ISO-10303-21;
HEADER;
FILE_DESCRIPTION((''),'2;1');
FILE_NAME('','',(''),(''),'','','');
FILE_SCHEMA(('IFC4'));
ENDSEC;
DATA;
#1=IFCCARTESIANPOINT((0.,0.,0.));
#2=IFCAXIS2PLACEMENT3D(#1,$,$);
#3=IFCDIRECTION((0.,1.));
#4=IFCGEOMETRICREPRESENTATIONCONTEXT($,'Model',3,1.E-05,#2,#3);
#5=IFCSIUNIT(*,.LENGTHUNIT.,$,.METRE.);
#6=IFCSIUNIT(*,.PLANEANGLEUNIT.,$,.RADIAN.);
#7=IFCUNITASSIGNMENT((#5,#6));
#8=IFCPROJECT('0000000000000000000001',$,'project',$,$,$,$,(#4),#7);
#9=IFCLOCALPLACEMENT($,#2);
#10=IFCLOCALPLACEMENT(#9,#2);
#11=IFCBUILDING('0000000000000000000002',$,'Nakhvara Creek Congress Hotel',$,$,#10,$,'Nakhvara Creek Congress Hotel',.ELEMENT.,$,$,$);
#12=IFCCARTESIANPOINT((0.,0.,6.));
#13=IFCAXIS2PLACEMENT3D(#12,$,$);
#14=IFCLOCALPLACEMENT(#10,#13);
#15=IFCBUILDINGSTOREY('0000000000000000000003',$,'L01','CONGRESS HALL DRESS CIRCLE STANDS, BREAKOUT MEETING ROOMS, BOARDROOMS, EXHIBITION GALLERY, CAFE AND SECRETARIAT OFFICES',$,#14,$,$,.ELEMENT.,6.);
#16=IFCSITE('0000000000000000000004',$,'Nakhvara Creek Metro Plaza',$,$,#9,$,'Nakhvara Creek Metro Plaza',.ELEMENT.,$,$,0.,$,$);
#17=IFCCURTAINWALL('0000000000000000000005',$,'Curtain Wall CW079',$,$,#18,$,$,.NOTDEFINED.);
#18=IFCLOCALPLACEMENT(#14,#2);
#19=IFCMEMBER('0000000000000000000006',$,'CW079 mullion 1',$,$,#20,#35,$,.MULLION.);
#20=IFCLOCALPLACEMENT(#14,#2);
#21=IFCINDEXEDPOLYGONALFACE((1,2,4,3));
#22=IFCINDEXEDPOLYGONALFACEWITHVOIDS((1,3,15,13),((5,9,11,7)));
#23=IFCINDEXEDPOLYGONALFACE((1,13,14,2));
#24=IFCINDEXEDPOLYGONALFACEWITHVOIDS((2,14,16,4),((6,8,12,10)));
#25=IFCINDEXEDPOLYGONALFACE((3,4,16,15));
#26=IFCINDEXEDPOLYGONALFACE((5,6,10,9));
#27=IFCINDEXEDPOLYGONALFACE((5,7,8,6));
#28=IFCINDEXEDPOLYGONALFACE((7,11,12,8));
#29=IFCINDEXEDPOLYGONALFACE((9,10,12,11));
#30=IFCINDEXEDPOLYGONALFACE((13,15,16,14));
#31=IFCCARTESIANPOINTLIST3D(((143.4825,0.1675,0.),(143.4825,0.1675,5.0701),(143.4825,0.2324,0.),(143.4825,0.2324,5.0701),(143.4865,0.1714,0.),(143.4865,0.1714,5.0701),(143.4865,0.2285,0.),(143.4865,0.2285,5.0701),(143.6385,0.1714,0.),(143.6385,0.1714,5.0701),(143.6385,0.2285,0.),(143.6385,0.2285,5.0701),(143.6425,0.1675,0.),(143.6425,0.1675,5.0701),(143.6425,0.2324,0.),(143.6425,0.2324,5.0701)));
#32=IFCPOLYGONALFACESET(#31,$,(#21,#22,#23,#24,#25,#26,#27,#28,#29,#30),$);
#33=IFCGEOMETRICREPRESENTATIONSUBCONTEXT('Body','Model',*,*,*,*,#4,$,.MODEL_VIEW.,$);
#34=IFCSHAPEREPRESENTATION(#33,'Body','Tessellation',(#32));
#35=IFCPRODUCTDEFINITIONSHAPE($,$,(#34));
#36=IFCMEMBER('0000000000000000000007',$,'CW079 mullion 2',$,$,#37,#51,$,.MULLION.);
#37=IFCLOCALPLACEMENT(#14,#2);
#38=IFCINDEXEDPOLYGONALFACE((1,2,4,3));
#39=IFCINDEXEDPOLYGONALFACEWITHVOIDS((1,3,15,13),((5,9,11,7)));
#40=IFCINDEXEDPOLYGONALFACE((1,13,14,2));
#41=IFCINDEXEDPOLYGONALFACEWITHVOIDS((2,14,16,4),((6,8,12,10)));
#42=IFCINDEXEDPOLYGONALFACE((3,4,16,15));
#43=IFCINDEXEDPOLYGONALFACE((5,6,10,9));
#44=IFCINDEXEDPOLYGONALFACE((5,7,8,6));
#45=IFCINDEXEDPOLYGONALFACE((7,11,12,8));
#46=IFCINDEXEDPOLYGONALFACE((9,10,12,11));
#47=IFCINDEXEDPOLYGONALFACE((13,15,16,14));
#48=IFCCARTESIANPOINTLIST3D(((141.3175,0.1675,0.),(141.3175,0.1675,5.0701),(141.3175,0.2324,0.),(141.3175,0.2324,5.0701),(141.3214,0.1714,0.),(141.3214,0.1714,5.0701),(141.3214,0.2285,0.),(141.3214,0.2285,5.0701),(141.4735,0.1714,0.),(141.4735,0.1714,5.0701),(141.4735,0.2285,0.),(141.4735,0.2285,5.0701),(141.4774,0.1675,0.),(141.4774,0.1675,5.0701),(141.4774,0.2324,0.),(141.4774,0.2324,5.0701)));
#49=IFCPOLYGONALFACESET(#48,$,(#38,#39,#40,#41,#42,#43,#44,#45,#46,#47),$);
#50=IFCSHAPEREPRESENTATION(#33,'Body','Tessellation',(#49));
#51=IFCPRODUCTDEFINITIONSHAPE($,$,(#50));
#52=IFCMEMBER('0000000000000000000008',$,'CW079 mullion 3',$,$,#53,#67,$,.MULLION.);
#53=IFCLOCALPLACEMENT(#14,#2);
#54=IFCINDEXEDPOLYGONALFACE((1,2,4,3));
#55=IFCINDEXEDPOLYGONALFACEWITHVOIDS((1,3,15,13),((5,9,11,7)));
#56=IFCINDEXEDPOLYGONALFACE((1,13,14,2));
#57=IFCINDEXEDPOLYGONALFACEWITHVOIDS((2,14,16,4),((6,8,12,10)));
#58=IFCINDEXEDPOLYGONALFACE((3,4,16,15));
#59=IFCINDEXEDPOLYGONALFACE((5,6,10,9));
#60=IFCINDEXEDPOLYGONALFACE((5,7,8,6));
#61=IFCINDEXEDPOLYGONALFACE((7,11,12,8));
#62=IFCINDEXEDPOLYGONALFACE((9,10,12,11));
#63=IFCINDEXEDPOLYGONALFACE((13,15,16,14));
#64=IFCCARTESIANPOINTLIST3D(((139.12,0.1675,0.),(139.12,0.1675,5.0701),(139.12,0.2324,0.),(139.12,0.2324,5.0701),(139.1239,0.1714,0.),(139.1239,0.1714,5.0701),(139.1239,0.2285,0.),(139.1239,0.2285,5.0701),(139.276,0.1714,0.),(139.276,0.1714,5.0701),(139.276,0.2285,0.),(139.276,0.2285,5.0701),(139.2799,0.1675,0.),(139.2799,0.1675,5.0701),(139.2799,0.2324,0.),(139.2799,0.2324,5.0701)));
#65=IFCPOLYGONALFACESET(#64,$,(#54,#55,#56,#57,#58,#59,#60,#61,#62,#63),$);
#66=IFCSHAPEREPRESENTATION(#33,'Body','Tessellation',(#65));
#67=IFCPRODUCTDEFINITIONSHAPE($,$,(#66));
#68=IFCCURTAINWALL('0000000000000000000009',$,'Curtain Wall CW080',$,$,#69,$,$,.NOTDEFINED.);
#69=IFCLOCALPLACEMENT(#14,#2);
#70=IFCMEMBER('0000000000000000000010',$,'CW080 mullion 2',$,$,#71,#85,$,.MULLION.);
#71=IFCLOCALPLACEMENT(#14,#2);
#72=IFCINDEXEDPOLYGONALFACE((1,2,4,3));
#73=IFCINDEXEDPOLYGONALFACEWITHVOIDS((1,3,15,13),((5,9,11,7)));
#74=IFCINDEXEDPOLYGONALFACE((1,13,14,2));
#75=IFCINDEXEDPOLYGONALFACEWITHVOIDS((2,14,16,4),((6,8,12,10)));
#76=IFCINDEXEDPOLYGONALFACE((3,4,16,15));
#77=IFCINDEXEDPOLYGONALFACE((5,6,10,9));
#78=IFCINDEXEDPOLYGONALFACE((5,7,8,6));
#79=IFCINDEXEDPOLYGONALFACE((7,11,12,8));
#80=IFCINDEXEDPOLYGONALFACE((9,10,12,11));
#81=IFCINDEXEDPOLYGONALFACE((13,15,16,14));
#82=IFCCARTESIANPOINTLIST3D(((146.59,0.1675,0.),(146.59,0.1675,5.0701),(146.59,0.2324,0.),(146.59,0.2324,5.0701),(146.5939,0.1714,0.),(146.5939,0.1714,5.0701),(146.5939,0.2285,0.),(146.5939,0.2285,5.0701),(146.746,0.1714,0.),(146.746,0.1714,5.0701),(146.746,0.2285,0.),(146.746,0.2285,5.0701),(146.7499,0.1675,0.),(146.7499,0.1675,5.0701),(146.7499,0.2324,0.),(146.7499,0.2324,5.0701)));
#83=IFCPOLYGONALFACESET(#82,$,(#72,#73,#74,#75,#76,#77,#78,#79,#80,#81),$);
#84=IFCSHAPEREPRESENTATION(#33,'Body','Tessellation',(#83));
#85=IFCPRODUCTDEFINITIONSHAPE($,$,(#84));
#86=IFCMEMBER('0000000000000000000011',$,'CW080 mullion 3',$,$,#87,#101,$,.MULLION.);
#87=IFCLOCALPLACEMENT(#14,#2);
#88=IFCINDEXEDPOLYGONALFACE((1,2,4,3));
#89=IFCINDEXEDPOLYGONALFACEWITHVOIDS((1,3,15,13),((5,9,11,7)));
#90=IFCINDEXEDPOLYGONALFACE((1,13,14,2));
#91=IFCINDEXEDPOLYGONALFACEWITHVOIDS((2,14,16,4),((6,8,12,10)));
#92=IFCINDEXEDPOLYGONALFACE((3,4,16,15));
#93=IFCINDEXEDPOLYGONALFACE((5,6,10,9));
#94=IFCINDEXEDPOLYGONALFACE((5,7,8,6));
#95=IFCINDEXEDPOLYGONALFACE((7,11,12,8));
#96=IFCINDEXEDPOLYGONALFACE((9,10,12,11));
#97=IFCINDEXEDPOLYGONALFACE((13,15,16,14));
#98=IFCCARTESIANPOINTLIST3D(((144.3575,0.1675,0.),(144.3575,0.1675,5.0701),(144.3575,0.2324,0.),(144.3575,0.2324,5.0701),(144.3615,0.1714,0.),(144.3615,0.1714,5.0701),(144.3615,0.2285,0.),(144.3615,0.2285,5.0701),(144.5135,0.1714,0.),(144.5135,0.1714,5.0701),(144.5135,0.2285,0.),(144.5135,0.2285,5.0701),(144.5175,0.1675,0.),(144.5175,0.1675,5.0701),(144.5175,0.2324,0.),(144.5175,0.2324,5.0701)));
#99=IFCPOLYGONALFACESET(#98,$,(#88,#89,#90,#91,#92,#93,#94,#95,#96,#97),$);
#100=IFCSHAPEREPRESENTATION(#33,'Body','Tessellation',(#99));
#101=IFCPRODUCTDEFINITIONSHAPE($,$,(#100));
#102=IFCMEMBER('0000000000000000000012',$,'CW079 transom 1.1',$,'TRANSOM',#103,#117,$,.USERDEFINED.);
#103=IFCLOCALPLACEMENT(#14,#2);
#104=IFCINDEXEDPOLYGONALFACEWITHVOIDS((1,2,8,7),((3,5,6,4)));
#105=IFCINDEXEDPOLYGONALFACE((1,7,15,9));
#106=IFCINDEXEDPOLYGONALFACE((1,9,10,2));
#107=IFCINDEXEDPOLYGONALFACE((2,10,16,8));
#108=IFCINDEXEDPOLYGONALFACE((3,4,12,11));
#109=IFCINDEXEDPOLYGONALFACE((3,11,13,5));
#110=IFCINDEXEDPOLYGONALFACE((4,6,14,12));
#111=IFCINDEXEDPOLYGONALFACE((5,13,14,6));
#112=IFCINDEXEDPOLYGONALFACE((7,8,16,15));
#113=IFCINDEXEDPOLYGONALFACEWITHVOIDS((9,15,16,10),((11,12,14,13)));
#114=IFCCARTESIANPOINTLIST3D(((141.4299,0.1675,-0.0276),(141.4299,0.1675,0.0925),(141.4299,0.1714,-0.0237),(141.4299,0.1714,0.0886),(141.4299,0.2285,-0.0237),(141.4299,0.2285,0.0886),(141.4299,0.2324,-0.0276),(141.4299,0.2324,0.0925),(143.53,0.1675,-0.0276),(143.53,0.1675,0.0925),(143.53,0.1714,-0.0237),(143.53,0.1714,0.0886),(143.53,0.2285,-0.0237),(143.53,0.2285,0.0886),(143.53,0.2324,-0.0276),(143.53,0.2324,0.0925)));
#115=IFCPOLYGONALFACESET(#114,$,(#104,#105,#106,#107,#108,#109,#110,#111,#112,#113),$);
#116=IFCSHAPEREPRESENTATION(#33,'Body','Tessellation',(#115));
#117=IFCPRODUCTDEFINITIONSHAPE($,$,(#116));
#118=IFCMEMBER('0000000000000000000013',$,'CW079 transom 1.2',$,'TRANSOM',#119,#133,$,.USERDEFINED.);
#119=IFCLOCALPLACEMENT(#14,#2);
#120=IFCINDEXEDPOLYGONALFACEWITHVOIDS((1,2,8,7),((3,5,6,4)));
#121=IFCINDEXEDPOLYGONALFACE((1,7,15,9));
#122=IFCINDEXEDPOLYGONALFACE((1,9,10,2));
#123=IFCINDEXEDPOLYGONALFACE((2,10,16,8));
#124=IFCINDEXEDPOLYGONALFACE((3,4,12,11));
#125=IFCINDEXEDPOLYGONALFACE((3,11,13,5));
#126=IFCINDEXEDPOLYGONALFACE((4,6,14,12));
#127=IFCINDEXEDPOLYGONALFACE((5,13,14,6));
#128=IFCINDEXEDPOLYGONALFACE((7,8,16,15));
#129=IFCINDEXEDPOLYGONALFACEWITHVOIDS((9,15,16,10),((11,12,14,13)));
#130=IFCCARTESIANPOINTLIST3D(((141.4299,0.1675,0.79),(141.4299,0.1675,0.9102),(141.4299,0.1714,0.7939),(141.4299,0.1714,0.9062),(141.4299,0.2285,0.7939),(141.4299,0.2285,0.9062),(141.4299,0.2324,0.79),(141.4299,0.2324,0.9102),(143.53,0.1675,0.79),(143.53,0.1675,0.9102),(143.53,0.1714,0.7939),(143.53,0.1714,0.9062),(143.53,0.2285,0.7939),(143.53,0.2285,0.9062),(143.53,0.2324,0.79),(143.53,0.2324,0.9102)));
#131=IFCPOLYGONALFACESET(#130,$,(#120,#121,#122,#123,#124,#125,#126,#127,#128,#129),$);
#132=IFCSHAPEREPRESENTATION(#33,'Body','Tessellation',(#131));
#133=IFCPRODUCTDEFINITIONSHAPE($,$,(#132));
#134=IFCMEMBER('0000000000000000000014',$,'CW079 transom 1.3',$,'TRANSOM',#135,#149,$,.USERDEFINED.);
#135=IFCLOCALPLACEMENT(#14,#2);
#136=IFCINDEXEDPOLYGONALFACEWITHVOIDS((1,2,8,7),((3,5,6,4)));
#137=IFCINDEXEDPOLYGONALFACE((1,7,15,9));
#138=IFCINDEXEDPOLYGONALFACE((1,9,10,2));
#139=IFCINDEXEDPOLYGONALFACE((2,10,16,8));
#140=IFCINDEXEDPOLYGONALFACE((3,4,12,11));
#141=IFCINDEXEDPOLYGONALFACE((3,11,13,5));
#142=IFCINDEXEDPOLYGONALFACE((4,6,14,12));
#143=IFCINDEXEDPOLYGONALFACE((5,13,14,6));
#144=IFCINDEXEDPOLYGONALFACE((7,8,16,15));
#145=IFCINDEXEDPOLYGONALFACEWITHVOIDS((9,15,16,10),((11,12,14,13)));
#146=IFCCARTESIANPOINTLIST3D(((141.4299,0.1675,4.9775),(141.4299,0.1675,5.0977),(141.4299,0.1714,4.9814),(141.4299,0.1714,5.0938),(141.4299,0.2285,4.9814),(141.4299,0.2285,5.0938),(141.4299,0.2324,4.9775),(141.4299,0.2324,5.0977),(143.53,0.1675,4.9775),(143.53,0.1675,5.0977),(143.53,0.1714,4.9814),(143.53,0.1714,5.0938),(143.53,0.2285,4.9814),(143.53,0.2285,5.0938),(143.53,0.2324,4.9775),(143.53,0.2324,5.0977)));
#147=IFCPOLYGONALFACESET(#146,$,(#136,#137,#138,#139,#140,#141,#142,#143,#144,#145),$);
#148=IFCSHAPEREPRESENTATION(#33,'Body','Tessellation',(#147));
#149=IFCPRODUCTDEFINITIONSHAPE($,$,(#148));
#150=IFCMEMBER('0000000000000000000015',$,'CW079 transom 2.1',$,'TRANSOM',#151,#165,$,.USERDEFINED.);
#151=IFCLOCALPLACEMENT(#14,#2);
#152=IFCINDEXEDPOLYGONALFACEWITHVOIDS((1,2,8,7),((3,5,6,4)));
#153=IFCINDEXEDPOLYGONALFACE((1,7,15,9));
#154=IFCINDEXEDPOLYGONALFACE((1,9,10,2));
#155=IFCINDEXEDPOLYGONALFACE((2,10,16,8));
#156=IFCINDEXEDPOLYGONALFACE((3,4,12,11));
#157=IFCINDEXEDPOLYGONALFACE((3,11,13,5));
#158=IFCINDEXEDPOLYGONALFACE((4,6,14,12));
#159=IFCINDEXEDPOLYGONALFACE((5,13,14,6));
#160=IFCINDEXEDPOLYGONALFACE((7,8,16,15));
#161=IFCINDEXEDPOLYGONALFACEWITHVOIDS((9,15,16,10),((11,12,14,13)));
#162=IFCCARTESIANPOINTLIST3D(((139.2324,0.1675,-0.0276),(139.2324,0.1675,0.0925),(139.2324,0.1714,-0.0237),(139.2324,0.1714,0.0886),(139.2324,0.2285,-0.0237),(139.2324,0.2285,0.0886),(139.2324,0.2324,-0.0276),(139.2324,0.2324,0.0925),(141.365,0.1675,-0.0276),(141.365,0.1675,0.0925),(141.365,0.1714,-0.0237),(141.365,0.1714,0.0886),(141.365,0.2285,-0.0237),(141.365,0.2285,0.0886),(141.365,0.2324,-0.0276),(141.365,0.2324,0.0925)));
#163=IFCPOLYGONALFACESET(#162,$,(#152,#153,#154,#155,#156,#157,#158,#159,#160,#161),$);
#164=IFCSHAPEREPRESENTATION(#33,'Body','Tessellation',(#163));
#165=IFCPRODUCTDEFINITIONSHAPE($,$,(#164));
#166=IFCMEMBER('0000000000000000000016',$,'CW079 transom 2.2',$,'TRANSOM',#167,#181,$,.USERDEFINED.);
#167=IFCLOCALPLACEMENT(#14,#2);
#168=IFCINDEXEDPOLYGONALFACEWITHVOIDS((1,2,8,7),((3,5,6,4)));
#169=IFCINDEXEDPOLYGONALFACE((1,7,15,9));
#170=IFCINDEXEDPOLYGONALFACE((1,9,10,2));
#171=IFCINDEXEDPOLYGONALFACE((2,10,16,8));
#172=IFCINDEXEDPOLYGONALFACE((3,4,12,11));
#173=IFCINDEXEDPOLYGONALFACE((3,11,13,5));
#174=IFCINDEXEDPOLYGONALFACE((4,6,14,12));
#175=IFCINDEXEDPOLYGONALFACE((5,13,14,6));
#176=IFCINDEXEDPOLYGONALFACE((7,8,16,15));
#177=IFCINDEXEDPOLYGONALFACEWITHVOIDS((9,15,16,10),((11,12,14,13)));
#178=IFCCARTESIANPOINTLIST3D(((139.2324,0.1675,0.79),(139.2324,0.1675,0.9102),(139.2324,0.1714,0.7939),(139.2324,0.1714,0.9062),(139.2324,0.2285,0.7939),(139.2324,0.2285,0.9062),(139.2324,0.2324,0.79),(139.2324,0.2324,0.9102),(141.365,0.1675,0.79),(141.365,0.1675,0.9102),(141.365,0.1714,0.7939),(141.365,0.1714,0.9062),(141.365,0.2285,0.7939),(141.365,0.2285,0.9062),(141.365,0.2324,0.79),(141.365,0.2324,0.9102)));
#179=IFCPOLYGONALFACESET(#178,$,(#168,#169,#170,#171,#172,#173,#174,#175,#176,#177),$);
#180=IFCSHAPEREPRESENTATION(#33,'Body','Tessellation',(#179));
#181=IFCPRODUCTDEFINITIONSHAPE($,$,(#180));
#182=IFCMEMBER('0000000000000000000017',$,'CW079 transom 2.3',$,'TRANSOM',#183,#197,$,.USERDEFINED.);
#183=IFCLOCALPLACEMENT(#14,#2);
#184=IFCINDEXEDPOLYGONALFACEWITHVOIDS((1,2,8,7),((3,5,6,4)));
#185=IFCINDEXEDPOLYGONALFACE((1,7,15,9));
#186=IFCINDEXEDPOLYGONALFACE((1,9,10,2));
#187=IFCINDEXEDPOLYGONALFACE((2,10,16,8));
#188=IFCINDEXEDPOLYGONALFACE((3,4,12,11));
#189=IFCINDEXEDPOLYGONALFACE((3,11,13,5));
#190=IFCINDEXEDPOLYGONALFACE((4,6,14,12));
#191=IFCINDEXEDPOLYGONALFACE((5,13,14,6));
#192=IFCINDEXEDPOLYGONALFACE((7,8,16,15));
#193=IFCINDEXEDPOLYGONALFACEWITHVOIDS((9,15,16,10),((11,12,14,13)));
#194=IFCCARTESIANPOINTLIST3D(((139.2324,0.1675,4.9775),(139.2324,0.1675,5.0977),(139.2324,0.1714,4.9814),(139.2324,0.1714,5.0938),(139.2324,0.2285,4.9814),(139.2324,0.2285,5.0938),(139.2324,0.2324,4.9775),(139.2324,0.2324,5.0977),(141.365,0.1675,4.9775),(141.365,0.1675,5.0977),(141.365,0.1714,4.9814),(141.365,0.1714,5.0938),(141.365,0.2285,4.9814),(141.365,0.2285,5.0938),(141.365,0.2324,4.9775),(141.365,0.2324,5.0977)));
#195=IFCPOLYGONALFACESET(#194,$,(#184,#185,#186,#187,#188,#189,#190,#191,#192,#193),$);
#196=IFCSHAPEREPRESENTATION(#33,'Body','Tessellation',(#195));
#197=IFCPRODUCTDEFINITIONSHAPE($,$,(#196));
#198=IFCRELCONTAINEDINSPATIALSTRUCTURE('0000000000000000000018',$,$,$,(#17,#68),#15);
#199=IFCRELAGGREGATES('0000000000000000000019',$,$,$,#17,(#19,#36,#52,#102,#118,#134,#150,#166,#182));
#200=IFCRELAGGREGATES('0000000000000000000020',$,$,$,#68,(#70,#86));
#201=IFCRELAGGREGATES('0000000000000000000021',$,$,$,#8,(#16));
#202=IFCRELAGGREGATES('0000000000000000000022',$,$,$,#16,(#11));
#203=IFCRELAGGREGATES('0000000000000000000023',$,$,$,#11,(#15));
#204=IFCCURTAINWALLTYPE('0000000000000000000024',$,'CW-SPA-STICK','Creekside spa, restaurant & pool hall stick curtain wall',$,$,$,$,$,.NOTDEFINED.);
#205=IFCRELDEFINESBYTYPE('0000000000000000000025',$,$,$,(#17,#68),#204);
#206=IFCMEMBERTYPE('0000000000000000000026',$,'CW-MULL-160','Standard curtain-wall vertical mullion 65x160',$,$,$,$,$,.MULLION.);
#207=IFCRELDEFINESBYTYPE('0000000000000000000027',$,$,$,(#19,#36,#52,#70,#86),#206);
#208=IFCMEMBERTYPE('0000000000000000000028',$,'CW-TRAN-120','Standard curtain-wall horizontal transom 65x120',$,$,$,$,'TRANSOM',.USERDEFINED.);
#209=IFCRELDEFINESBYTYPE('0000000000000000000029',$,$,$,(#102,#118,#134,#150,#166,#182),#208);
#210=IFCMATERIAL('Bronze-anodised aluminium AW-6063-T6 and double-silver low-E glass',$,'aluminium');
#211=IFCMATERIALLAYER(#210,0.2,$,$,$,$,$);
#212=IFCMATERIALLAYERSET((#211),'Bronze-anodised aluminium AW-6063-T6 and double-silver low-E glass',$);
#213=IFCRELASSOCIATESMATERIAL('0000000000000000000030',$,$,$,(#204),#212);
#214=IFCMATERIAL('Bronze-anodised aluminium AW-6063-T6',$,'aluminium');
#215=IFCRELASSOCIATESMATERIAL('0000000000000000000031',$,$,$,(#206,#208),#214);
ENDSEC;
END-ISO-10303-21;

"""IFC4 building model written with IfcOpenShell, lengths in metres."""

from ifc_helpers import new_model, si_unit, direction, frame, origin, origin_2d, place, context, subcontext, project, spatial, hollow_rectangle, extrude, material, layer, layer_set, material_profile, profile_set, type_object, element, aggregate, save


model = new_model("IFC4")

# Units and contexts
model_context = context("Model", 3, precision=1e-05, world=origin(), true_north=direction((0.0, 1.0)))
body_context = subcontext(model_context, "Body", "Model", "MODEL_VIEW")
ifc_project = project(units=[si_unit("LENGTHUNIT", "METRE"), si_unit("PLANEANGLEUNIT", "RADIAN")], contexts=[model_context])

# Site, building, storey
site_placement = place(None, origin())
site = spatial("IfcSite", under=ifc_project, at=site_placement, Name="Nakhvara Creek Metro Plaza", LongName="Nakhvara Creek Metro Plaza", CompositionType="ELEMENT", RefElevation=0.0)
building_placement = place(site_placement, origin())
building = spatial("IfcBuilding", under=site, at=building_placement, Name="Nakhvara Creek Congress Hotel", LongName="Nakhvara Creek Congress Hotel", CompositionType="ELEMENT")
storey_placement = place(building_placement, frame((0.0, 0.0, 6.0)))
storey = spatial("IfcBuildingStorey", under=building, at=storey_placement, Name="L01", Description="CONGRESS HALL DRESS CIRCLE STANDS, BREAKOUT MEETING ROOMS, BOARDROOMS, EXHIBITION GALLERY, CAFE AND SECRETARIAT OFFICES", CompositionType="ELEMENT", Elevation=6.0)

# Curtain walls, members
ifc_material_1 = material(Name="Bronze-anodised aluminium AW-6063-T6 and double-silver low-E glass", Category="aluminium")
ifc_layer = layer(ifc_material_1, 0.2)
ifc_layer_set = layer_set([ifc_layer], Name="Bronze-anodised aluminium AW-6063-T6 and double-silver low-E glass")
curtain_wall_type = type_object("IfcCurtainWallType", Name="CW-SPA-STICK", Description="Creekside spa, restaurant & pool hall stick curtain wall", PredefinedType="NOTDEFINED", material=ifc_layer_set)
curtain_wall_1_placement = place(storey_placement, origin())
curtain_wall_1 = element("IfcCurtainWall", 1, at=curtain_wall_1_placement, inside=storey, type_object=curtain_wall_type, Name="Curtain Wall CW079", PredefinedType="NOTDEFINED")
ifc_material_2 = material(Name="Bronze-anodised aluminium AW-6063-T6", Category="aluminium")
ifc_material_profile_1 = material_profile(ifc_material_2, hollow_rectangle(XDim=0.0649, YDim=0.1599, WallThickness=0.0039, at=origin_2d()), Name="ALU-MULL 65x160x4", Category="LoadBearing")
ifc_profile_set_1 = profile_set([ifc_material_profile_1], Name="Bronze-anodised aluminium AW-6063-T6")
member_type_1 = type_object("IfcMemberType", Name="CW-MULL-160", Description="Standard curtain-wall vertical mullion 65x160", PredefinedType="MULLION", material=ifc_profile_set_1)
member_1_placement = place(storey_placement, frame((143.5625, 0.2, 0.0), z_axis=(0.0, 0.0, 1.0), x_axis=(0.0, -1.0, 0.0)))
member_1 = element("IfcMember", 2, at=member_1_placement, type_object=member_type_1, Name="CW079 mullion 1", PredefinedType="MULLION", context=body_context, shape_type="SweptSolid", body=[
    extrude(hollow_rectangle(XDim=0.0649, YDim=0.1599, WallThickness=0.0039, at=origin_2d()), origin(), (0.0, 0.0, 1.0), 5.0701),
])
member_2_placement = place(storey_placement, frame((141.3975, 0.2, 0.0), z_axis=(0.0, 0.0, 1.0), x_axis=(0.0, -1.0, 0.0)))
member_2 = element("IfcMember", 3, at=member_2_placement, type_object=member_type_1, Name="CW079 mullion 2", PredefinedType="MULLION", context=body_context, shape_type="SweptSolid", body=[
    extrude(hollow_rectangle(XDim=0.0649, YDim=0.1599, WallThickness=0.0039, at=origin_2d()), origin(), (0.0, 0.0, 1.0), 5.0701),
])
member_3_placement = place(storey_placement, frame((139.2, 0.2, 0.0), z_axis=(0.0, 0.0, 1.0), x_axis=(0.0, -1.0, 0.0)))
member_3 = element("IfcMember", 4, at=member_3_placement, type_object=member_type_1, Name="CW079 mullion 3", PredefinedType="MULLION", context=body_context, shape_type="SweptSolid", body=[
    extrude(hollow_rectangle(XDim=0.0649, YDim=0.1599, WallThickness=0.0039, at=origin_2d()), origin(), (0.0, 0.0, 1.0), 5.0701),
])
curtain_wall_2_placement = place(storey_placement, origin())
curtain_wall_2 = element("IfcCurtainWall", 5, at=curtain_wall_2_placement, inside=storey, type_object=curtain_wall_type, Name="Curtain Wall CW080", PredefinedType="NOTDEFINED")
member_4_placement = place(storey_placement, frame((146.6699, 0.2, 0.0), z_axis=(0.0, 0.0, 1.0), x_axis=(0.0, -1.0, 0.0)))
member_4 = element("IfcMember", 6, at=member_4_placement, type_object=member_type_1, Name="CW080 mullion 2", PredefinedType="MULLION", context=body_context, shape_type="SweptSolid", body=[
    extrude(hollow_rectangle(XDim=0.0649, YDim=0.1599, WallThickness=0.0039, at=origin_2d()), origin(), (0.0, 0.0, 1.0), 5.0701),
])
member_5_placement = place(storey_placement, frame((144.4375, 0.2, 0.0), z_axis=(0.0, 0.0, 1.0), x_axis=(0.0, -1.0, 0.0)))
member_5 = element("IfcMember", 7, at=member_5_placement, type_object=member_type_1, Name="CW080 mullion 3", PredefinedType="MULLION", context=body_context, shape_type="SweptSolid", body=[
    extrude(hollow_rectangle(XDim=0.0649, YDim=0.1599, WallThickness=0.0039, at=origin_2d()), origin(), (0.0, 0.0, 1.0), 5.0701),
])

# Members
ifc_material_profile_2 = material_profile(ifc_material_2, hollow_rectangle(XDim=0.0649, YDim=0.1201, WallThickness=0.0039, at=origin_2d()), Name="ALU-TRAN 65x120x4", Category="LoadBearing")
ifc_profile_set_2 = profile_set([ifc_material_profile_2], Name="Bronze-anodised aluminium AW-6063-T6")
member_type_2 = type_object("IfcMemberType", Name="CW-TRAN-120", Description="Standard curtain-wall horizontal transom 65x120", ElementType="TRANSOM", PredefinedType="USERDEFINED", material=ifc_profile_set_2)
member_6_placement = place(storey_placement, frame((143.53, 0.2, 0.0325), z_axis=(-1.0, 0.0, 0.0), x_axis=(0.0, -1.0, 0.0)))
member_6 = element("IfcMember", 8, at=member_6_placement, type_object=member_type_2, Name="CW079 transom 1.1", ObjectType="TRANSOM", PredefinedType="USERDEFINED", context=body_context, shape_type="SweptSolid", body=[
    extrude(hollow_rectangle(XDim=0.0649, YDim=0.1201, WallThickness=0.0039, at=origin_2d()), origin(), (0.0, 0.0, 1.0), 2.1001),
])
member_7_placement = place(storey_placement, frame((143.53, 0.2, 0.8501), z_axis=(-1.0, 0.0, 0.0), x_axis=(0.0, -1.0, 0.0)))
member_7 = element("IfcMember", 9, at=member_7_placement, type_object=member_type_2, Name="CW079 transom 1.2", ObjectType="TRANSOM", PredefinedType="USERDEFINED", context=body_context, shape_type="SweptSolid", body=[
    extrude(hollow_rectangle(XDim=0.0649, YDim=0.1201, WallThickness=0.0039, at=origin_2d()), origin(), (0.0, 0.0, 1.0), 2.1001),
])
member_8_placement = place(storey_placement, frame((143.53, 0.2, 5.0376), z_axis=(-1.0, 0.0, 0.0), x_axis=(0.0, -1.0, 0.0)))
member_8 = element("IfcMember", 10, at=member_8_placement, type_object=member_type_2, Name="CW079 transom 1.3", ObjectType="TRANSOM", PredefinedType="USERDEFINED", context=body_context, shape_type="SweptSolid", body=[
    extrude(hollow_rectangle(XDim=0.0649, YDim=0.1201, WallThickness=0.0039, at=origin_2d()), origin(), (0.0, 0.0, 1.0), 2.1001),
])
member_9_placement = place(storey_placement, frame((141.365, 0.2, 0.0325), z_axis=(-1.0, 0.0, 0.0), x_axis=(0.0, -1.0, 0.0)))
member_9 = element("IfcMember", 11, at=member_9_placement, type_object=member_type_2, Name="CW079 transom 2.1", ObjectType="TRANSOM", PredefinedType="USERDEFINED", context=body_context, shape_type="SweptSolid", body=[
    extrude(hollow_rectangle(XDim=0.0649, YDim=0.1201, WallThickness=0.0039, at=origin_2d()), origin(), (0.0, 0.0, 1.0), 2.1326),
])
member_10_placement = place(storey_placement, frame((141.365, 0.2, 0.8501), z_axis=(-1.0, 0.0, 0.0), x_axis=(0.0, -1.0, 0.0)))
member_10 = element("IfcMember", 12, at=member_10_placement, type_object=member_type_2, Name="CW079 transom 2.2", ObjectType="TRANSOM", PredefinedType="USERDEFINED", context=body_context, shape_type="SweptSolid", body=[
    extrude(hollow_rectangle(XDim=0.0649, YDim=0.1201, WallThickness=0.0039, at=origin_2d()), origin(), (0.0, 0.0, 1.0), 2.1326),
])
member_11_placement = place(storey_placement, frame((141.365, 0.2, 5.0376), z_axis=(-1.0, 0.0, 0.0), x_axis=(0.0, -1.0, 0.0)))
member_11 = element("IfcMember", 13, at=member_11_placement, type_object=member_type_2, Name="CW079 transom 2.3", ObjectType="TRANSOM", PredefinedType="USERDEFINED", context=body_context, shape_type="SweptSolid", body=[
    extrude(hollow_rectangle(XDim=0.0649, YDim=0.1201, WallThickness=0.0039, at=origin_2d()), origin(), (0.0, 0.0, 1.0), 2.1326),
])

aggregate(curtain_wall_1, [member_1, member_2, member_3, member_6, member_7, member_8, member_9, member_10, member_11])
aggregate(curtain_wall_2, [member_4, member_5])

save(model, "model.ifc")
